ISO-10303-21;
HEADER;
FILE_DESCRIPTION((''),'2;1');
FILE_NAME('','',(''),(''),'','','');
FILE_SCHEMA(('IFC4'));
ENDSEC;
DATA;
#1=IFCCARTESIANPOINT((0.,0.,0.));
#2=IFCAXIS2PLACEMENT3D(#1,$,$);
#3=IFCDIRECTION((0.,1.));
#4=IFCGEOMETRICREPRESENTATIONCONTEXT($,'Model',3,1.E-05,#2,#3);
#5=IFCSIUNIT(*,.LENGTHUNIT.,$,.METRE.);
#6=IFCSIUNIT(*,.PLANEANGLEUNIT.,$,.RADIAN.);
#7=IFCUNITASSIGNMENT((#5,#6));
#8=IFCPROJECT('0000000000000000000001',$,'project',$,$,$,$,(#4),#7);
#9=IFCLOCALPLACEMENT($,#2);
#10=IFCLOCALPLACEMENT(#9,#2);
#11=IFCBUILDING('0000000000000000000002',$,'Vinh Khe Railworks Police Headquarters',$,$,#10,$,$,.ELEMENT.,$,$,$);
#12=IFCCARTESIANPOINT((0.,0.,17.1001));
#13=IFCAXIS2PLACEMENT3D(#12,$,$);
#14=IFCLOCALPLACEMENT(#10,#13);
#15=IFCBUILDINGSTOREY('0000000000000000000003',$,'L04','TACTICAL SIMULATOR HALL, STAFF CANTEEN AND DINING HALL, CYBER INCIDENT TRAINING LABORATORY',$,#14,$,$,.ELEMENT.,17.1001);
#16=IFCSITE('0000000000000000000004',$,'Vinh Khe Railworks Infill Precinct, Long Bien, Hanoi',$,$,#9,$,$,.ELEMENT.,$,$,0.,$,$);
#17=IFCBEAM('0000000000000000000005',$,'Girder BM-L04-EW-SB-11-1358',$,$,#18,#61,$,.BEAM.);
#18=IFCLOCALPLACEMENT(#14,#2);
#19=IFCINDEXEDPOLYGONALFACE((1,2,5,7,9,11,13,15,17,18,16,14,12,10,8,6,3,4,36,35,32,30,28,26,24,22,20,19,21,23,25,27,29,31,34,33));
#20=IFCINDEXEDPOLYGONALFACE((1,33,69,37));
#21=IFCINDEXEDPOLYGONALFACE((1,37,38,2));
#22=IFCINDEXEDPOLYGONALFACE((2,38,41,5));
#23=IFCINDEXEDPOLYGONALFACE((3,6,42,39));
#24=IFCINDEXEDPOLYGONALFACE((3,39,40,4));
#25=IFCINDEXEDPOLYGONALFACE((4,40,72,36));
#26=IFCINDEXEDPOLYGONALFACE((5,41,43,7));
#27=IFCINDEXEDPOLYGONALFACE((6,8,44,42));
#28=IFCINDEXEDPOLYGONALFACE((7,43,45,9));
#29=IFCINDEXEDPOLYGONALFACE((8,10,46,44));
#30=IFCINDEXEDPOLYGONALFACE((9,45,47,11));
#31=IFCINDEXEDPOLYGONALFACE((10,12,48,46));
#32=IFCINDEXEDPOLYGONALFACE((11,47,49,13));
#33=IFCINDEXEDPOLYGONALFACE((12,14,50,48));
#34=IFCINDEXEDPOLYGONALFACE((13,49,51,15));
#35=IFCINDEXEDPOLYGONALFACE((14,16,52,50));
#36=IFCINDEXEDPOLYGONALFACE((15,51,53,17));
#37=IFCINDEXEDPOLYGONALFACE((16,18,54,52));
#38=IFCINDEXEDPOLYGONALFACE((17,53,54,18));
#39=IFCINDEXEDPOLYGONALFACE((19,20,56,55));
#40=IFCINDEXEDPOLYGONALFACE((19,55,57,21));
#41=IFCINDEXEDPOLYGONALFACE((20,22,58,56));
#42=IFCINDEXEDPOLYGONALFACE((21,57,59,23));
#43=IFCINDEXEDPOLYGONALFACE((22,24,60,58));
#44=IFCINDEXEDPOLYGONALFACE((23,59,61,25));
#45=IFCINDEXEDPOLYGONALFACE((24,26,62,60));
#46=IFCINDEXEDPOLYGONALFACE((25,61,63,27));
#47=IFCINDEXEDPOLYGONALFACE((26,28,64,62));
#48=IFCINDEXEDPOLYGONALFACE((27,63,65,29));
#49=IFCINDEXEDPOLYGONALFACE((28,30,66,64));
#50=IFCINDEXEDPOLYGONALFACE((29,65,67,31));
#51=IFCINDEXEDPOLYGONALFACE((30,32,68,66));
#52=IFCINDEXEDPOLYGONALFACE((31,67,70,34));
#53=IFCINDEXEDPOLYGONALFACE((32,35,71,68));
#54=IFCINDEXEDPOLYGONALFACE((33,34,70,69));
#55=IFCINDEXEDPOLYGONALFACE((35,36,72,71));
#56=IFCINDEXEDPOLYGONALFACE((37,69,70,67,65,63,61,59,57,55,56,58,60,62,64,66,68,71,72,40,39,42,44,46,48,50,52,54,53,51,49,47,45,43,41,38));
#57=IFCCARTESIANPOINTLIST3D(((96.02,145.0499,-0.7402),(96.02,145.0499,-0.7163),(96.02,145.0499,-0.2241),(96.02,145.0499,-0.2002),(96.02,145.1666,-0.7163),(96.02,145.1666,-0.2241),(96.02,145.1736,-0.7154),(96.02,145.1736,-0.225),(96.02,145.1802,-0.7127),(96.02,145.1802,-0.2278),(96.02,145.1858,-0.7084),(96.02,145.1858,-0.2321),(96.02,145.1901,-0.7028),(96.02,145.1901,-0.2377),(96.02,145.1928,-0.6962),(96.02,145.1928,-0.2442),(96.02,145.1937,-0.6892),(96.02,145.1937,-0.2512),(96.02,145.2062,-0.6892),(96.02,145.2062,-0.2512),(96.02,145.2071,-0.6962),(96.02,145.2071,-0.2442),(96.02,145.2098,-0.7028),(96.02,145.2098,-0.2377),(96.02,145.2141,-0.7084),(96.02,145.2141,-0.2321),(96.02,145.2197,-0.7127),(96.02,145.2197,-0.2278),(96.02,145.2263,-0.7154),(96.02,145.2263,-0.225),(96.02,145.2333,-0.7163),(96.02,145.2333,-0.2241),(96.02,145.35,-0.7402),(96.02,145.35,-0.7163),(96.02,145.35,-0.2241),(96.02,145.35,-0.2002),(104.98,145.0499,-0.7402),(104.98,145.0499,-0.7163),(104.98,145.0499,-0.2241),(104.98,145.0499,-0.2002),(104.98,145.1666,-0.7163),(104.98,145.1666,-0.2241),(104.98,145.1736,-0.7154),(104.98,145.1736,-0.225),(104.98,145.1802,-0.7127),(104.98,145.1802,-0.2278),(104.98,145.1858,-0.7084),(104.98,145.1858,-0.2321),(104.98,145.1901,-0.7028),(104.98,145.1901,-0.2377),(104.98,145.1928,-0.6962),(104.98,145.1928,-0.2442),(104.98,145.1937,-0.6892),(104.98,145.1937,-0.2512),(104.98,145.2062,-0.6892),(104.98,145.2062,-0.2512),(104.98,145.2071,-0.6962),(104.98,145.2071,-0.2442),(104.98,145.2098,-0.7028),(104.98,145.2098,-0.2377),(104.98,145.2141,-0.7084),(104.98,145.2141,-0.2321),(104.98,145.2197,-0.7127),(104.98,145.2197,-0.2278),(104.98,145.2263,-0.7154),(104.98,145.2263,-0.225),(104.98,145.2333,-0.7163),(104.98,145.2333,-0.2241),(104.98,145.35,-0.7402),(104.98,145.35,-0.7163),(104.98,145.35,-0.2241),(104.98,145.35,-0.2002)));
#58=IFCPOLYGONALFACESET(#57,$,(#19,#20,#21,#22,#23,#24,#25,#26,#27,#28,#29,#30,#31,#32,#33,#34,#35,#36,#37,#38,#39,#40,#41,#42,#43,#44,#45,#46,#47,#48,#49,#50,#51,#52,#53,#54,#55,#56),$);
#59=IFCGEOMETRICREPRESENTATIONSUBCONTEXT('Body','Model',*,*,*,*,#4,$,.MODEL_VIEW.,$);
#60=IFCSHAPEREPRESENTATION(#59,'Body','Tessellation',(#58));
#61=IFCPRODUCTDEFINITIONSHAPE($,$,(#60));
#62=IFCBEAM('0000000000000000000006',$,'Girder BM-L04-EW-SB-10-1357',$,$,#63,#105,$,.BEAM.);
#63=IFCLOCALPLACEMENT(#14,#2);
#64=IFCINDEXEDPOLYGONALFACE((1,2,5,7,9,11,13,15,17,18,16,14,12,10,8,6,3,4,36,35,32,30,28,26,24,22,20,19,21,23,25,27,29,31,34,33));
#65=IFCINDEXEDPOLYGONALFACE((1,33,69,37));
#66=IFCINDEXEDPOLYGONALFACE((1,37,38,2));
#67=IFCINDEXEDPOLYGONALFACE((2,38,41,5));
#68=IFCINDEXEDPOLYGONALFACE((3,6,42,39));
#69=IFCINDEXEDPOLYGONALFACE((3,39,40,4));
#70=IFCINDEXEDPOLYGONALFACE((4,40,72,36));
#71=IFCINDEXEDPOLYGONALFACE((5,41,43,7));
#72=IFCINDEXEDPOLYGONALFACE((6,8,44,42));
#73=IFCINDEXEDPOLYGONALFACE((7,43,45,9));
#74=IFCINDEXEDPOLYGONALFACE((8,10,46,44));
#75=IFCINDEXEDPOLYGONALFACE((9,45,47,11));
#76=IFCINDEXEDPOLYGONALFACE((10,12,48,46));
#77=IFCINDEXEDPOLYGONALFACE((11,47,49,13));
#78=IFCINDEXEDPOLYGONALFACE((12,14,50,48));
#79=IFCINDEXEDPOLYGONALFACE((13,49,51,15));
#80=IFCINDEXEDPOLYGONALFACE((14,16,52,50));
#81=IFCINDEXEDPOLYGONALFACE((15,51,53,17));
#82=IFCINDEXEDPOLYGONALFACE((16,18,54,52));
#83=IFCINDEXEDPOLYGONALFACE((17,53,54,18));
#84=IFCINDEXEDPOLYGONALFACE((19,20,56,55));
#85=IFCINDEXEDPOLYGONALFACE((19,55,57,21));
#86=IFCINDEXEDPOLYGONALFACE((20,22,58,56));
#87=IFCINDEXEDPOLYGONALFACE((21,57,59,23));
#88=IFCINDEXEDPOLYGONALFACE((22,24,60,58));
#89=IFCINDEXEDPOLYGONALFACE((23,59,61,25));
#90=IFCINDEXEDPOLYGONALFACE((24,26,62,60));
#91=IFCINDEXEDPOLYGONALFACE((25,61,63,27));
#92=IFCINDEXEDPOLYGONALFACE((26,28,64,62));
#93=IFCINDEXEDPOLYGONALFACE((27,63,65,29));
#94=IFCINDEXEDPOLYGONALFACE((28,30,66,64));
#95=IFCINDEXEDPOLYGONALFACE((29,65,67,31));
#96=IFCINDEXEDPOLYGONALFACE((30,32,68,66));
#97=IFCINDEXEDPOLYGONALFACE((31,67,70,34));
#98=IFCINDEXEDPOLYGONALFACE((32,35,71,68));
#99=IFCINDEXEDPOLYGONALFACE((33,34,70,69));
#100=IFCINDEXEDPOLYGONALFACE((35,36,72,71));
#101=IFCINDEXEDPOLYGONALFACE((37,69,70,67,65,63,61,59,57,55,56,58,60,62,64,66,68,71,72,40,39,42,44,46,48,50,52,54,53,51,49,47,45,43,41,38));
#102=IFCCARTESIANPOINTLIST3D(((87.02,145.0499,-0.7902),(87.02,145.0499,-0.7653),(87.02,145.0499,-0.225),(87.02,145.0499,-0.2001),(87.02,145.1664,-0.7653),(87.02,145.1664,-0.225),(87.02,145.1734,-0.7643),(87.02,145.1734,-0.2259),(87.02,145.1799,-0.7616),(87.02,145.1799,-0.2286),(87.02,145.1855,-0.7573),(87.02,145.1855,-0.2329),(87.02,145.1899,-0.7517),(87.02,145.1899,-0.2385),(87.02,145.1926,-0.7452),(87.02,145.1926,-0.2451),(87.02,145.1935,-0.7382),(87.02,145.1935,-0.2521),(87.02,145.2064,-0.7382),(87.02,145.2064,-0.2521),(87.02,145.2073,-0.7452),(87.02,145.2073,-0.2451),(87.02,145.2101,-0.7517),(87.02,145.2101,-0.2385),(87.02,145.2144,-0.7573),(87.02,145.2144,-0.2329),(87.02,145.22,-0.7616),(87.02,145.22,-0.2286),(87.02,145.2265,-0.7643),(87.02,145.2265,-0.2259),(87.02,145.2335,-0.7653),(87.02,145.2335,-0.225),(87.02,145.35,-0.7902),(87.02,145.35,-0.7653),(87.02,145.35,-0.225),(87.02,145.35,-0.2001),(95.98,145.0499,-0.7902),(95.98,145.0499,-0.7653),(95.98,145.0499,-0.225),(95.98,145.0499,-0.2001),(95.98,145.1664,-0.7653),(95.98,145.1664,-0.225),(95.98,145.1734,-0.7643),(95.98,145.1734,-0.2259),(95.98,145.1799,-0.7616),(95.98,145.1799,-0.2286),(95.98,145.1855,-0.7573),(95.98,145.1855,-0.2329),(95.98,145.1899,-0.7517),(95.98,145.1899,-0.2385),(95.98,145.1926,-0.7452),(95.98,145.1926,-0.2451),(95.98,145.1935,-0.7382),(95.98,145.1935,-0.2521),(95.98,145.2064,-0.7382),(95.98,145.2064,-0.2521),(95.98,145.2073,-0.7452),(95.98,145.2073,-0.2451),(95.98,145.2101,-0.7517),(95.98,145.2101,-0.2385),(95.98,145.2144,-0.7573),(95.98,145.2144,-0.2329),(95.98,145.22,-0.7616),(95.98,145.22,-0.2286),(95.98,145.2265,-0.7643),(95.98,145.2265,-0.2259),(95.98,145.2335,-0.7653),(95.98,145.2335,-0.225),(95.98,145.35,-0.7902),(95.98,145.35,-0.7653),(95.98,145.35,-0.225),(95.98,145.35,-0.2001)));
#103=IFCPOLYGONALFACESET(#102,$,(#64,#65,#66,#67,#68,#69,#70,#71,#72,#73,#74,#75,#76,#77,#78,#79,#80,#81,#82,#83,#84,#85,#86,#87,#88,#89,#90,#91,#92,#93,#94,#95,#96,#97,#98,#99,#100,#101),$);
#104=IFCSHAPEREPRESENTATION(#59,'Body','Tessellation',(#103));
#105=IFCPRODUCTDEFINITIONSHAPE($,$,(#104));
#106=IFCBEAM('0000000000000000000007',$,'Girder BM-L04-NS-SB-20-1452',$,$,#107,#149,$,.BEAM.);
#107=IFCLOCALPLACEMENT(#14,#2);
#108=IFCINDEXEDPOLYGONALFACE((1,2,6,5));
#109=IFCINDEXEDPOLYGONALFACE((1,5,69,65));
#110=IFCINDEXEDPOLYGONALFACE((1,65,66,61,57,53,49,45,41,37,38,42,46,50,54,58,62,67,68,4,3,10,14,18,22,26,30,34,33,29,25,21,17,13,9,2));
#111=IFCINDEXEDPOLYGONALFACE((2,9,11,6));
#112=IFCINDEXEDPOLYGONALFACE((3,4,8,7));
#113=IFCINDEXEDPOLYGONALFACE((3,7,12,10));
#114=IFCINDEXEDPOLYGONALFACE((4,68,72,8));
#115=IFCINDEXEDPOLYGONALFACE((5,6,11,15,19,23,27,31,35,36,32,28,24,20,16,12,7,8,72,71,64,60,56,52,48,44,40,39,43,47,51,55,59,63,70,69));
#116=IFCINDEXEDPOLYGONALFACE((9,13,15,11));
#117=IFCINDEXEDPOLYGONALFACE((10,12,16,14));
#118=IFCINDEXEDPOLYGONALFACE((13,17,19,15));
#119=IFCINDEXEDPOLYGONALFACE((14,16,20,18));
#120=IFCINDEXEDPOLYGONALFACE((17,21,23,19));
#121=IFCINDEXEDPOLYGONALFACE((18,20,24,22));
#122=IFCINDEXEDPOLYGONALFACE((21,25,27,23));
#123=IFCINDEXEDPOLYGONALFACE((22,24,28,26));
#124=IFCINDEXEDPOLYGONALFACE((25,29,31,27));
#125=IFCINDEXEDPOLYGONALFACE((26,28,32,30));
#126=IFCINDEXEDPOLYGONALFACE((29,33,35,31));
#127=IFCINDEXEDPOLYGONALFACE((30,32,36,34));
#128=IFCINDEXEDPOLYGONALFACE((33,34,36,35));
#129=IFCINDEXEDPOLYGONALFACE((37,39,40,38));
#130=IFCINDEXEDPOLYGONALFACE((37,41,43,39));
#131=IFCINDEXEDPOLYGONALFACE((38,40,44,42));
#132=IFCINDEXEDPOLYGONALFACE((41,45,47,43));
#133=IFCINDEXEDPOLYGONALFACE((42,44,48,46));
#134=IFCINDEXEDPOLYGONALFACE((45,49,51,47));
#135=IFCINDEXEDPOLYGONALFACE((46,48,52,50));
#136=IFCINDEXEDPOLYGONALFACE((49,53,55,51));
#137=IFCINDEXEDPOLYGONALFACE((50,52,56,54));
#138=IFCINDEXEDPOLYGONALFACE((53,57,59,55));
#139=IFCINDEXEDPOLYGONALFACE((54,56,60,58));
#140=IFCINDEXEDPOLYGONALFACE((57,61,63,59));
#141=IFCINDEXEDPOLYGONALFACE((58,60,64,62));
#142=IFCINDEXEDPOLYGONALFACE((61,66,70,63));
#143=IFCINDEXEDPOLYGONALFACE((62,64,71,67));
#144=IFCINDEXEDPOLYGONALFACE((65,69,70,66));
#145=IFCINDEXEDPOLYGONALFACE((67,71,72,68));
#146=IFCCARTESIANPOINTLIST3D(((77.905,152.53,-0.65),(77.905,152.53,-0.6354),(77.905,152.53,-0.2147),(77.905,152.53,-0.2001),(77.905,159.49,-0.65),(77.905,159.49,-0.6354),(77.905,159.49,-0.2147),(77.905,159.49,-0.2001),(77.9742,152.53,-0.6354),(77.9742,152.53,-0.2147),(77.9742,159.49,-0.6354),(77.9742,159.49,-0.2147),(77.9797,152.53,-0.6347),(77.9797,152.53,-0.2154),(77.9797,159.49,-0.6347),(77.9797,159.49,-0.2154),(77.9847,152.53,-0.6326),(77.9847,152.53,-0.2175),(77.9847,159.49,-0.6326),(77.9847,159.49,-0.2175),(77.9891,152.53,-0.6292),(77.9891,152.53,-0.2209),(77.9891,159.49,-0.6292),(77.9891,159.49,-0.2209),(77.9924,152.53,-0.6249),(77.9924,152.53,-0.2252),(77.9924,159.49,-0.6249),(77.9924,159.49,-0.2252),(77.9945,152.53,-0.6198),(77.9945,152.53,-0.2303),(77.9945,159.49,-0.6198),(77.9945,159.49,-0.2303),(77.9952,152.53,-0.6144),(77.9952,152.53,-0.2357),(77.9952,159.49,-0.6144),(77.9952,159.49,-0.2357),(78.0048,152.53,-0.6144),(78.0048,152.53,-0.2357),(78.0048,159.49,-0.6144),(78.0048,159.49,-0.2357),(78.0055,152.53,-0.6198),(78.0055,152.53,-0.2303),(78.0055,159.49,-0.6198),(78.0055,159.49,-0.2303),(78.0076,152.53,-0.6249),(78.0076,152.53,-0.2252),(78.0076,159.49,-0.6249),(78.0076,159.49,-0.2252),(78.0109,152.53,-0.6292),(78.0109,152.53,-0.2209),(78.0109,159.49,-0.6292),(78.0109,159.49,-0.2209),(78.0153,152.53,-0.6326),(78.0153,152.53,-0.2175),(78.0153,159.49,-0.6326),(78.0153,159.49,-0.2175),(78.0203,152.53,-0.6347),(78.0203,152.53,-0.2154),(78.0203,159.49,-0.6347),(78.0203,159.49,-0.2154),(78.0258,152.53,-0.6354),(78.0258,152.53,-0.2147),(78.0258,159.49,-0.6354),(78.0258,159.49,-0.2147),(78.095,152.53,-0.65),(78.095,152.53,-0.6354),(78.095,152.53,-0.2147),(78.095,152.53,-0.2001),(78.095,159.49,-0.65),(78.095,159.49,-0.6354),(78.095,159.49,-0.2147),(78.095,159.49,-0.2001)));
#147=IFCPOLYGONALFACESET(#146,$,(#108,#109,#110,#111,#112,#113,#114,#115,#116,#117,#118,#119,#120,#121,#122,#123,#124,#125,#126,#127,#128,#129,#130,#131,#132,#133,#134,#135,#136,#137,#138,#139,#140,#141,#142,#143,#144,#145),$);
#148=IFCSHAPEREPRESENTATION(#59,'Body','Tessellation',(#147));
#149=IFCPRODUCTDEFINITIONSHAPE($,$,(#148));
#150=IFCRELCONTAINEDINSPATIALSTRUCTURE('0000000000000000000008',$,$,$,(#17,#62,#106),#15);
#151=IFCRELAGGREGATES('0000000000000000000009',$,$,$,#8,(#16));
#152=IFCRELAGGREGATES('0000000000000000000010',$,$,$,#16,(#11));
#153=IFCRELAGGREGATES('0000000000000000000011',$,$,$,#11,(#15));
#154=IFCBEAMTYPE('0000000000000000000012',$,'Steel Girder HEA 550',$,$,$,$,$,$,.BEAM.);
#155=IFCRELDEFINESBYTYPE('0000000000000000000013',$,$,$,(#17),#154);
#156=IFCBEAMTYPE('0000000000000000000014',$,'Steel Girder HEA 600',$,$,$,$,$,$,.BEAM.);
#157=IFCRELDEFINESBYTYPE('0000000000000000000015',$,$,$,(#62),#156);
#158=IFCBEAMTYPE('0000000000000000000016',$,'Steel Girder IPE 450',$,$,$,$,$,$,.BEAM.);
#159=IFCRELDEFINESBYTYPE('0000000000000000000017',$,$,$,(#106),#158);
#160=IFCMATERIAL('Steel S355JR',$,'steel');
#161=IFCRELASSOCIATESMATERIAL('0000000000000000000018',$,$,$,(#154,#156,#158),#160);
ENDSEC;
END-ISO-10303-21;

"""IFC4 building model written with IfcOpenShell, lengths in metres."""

from ifc_helpers import new_model, si_unit, direction, frame, origin, origin_2d, place, context, subcontext, project, spatial, i_section, extrude, material, material_profile, profile_set, type_object, element, save


model = new_model("IFC4")

# Units and contexts
model_context = context("Model", 3, precision=1e-05, world=origin(), true_north=direction((0.0, 1.0)))
body_context = subcontext(model_context, "Body", "Model", "MODEL_VIEW")
ifc_project = project(units=[si_unit("LENGTHUNIT", "METRE"), si_unit("PLANEANGLEUNIT", "RADIAN")], contexts=[model_context])

# Site, building, storey
site_placement = place(None, origin())
site = spatial("IfcSite", under=ifc_project, at=site_placement, Name="Vinh Khe Railworks Infill Precinct, Long Bien, Hanoi", CompositionType="ELEMENT", RefElevation=0.0)
building_placement = place(site_placement, origin())
building = spatial("IfcBuilding", under=site, at=building_placement, Name="Vinh Khe Railworks Police Headquarters", CompositionType="ELEMENT")
storey_placement = place(building_placement, frame((0.0, 0.0, 17.1001)))
storey = spatial("IfcBuildingStorey", under=building, at=storey_placement, Name="L04", Description="TACTICAL SIMULATOR HALL, STAFF CANTEEN AND DINING HALL, CYBER INCIDENT TRAINING LABORATORY", CompositionType="ELEMENT", Elevation=17.1001)

# Shared definitions
ifc_material_1 = material(Name="Steel S355JR", Category="steel")

# Beams
ifc_material_profile_1 = material_profile(ifc_material_1, i_section(OverallWidth=0.3, OverallDepth=0.54, WebThickness=0.0125, FlangeThickness=0.0239, FilletRadius=0.0271, at=origin_2d()), Name="HEA 550")
ifc_profile_set_1 = profile_set([ifc_material_profile_1], Name="Steel S355JR")
beam_type_1 = type_object("IfcBeamType", Name="Steel Girder HEA 550", PredefinedType="BEAM", material=ifc_profile_set_1)
beam_1_placement = place(storey_placement, frame((96.02, 145.2, -0.4702), z_axis=(1.0, 0.0, 0.0), x_axis=(0.0, 1.0, 0.0)))
element("IfcBeam", 1, at=beam_1_placement, inside=storey, type_object=beam_type_1, Name="Girder BM-L04-EW-SB-11-1358", PredefinedType="BEAM", context=body_context, shape_type="SweptSolid", body=[
    extrude(i_section(OverallWidth=0.3, OverallDepth=0.54, WebThickness=0.0125, FlangeThickness=0.0239, FilletRadius=0.0271, at=origin_2d()), origin(), (0.0, 0.0, 1.0), 8.96),
])
ifc_material_profile_2 = material_profile(ifc_material_1, i_section(OverallWidth=0.3, OverallDepth=0.5901, WebThickness=0.0129, FlangeThickness=0.0249, FilletRadius=0.0271, at=origin_2d()), Name="HEA 600")
ifc_profile_set_2 = profile_set([ifc_material_profile_2], Name="Steel S355JR")
beam_type_2 = type_object("IfcBeamType", Name="Steel Girder HEA 600", PredefinedType="BEAM", material=ifc_profile_set_2)
beam_2_placement = place(storey_placement, frame((87.02, 145.2, -0.4951), z_axis=(1.0, 0.0, 0.0), x_axis=(0.0, 1.0, 0.0)))
element("IfcBeam", 2, at=beam_2_placement, inside=storey, type_object=beam_type_2, Name="Girder BM-L04-EW-SB-10-1357", PredefinedType="BEAM", context=body_context, shape_type="SweptSolid", body=[
    extrude(i_section(OverallWidth=0.3, OverallDepth=0.5901, WebThickness=0.0129, FlangeThickness=0.0249, FilletRadius=0.0271, at=origin_2d()), origin(), (0.0, 0.0, 1.0), 8.96),
])
ifc_material_profile_3 = material_profile(ifc_material_1, i_section(OverallWidth=0.1899, OverallDepth=0.45, WebThickness=0.0095, FlangeThickness=0.0146, FilletRadius=0.021, at=origin_2d()), Name="IPE 450")
ifc_profile_set_3 = profile_set([ifc_material_profile_3], Name="Steel S355JR")
beam_type_3 = type_object("IfcBeamType", Name="Steel Girder IPE 450", PredefinedType="BEAM", material=ifc_profile_set_3)
beam_3_placement = place(storey_placement, frame((78.0, 152.53, -0.425), z_axis=(0.0, 1.0, 0.0), x_axis=(-1.0, 0.0, 0.0)))
element("IfcBeam", 3, at=beam_3_placement, inside=storey, type_object=beam_type_3, Name="Girder BM-L04-NS-SB-20-1452", PredefinedType="BEAM", context=body_context, shape_type="SweptSolid", body=[
    extrude(i_section(OverallWidth=0.1899, OverallDepth=0.45, WebThickness=0.0095, FlangeThickness=0.0146, FilletRadius=0.021, at=origin_2d()), origin(), (0.0, 0.0, 1.0), 6.96),
])

save(model, "model.ifc")
